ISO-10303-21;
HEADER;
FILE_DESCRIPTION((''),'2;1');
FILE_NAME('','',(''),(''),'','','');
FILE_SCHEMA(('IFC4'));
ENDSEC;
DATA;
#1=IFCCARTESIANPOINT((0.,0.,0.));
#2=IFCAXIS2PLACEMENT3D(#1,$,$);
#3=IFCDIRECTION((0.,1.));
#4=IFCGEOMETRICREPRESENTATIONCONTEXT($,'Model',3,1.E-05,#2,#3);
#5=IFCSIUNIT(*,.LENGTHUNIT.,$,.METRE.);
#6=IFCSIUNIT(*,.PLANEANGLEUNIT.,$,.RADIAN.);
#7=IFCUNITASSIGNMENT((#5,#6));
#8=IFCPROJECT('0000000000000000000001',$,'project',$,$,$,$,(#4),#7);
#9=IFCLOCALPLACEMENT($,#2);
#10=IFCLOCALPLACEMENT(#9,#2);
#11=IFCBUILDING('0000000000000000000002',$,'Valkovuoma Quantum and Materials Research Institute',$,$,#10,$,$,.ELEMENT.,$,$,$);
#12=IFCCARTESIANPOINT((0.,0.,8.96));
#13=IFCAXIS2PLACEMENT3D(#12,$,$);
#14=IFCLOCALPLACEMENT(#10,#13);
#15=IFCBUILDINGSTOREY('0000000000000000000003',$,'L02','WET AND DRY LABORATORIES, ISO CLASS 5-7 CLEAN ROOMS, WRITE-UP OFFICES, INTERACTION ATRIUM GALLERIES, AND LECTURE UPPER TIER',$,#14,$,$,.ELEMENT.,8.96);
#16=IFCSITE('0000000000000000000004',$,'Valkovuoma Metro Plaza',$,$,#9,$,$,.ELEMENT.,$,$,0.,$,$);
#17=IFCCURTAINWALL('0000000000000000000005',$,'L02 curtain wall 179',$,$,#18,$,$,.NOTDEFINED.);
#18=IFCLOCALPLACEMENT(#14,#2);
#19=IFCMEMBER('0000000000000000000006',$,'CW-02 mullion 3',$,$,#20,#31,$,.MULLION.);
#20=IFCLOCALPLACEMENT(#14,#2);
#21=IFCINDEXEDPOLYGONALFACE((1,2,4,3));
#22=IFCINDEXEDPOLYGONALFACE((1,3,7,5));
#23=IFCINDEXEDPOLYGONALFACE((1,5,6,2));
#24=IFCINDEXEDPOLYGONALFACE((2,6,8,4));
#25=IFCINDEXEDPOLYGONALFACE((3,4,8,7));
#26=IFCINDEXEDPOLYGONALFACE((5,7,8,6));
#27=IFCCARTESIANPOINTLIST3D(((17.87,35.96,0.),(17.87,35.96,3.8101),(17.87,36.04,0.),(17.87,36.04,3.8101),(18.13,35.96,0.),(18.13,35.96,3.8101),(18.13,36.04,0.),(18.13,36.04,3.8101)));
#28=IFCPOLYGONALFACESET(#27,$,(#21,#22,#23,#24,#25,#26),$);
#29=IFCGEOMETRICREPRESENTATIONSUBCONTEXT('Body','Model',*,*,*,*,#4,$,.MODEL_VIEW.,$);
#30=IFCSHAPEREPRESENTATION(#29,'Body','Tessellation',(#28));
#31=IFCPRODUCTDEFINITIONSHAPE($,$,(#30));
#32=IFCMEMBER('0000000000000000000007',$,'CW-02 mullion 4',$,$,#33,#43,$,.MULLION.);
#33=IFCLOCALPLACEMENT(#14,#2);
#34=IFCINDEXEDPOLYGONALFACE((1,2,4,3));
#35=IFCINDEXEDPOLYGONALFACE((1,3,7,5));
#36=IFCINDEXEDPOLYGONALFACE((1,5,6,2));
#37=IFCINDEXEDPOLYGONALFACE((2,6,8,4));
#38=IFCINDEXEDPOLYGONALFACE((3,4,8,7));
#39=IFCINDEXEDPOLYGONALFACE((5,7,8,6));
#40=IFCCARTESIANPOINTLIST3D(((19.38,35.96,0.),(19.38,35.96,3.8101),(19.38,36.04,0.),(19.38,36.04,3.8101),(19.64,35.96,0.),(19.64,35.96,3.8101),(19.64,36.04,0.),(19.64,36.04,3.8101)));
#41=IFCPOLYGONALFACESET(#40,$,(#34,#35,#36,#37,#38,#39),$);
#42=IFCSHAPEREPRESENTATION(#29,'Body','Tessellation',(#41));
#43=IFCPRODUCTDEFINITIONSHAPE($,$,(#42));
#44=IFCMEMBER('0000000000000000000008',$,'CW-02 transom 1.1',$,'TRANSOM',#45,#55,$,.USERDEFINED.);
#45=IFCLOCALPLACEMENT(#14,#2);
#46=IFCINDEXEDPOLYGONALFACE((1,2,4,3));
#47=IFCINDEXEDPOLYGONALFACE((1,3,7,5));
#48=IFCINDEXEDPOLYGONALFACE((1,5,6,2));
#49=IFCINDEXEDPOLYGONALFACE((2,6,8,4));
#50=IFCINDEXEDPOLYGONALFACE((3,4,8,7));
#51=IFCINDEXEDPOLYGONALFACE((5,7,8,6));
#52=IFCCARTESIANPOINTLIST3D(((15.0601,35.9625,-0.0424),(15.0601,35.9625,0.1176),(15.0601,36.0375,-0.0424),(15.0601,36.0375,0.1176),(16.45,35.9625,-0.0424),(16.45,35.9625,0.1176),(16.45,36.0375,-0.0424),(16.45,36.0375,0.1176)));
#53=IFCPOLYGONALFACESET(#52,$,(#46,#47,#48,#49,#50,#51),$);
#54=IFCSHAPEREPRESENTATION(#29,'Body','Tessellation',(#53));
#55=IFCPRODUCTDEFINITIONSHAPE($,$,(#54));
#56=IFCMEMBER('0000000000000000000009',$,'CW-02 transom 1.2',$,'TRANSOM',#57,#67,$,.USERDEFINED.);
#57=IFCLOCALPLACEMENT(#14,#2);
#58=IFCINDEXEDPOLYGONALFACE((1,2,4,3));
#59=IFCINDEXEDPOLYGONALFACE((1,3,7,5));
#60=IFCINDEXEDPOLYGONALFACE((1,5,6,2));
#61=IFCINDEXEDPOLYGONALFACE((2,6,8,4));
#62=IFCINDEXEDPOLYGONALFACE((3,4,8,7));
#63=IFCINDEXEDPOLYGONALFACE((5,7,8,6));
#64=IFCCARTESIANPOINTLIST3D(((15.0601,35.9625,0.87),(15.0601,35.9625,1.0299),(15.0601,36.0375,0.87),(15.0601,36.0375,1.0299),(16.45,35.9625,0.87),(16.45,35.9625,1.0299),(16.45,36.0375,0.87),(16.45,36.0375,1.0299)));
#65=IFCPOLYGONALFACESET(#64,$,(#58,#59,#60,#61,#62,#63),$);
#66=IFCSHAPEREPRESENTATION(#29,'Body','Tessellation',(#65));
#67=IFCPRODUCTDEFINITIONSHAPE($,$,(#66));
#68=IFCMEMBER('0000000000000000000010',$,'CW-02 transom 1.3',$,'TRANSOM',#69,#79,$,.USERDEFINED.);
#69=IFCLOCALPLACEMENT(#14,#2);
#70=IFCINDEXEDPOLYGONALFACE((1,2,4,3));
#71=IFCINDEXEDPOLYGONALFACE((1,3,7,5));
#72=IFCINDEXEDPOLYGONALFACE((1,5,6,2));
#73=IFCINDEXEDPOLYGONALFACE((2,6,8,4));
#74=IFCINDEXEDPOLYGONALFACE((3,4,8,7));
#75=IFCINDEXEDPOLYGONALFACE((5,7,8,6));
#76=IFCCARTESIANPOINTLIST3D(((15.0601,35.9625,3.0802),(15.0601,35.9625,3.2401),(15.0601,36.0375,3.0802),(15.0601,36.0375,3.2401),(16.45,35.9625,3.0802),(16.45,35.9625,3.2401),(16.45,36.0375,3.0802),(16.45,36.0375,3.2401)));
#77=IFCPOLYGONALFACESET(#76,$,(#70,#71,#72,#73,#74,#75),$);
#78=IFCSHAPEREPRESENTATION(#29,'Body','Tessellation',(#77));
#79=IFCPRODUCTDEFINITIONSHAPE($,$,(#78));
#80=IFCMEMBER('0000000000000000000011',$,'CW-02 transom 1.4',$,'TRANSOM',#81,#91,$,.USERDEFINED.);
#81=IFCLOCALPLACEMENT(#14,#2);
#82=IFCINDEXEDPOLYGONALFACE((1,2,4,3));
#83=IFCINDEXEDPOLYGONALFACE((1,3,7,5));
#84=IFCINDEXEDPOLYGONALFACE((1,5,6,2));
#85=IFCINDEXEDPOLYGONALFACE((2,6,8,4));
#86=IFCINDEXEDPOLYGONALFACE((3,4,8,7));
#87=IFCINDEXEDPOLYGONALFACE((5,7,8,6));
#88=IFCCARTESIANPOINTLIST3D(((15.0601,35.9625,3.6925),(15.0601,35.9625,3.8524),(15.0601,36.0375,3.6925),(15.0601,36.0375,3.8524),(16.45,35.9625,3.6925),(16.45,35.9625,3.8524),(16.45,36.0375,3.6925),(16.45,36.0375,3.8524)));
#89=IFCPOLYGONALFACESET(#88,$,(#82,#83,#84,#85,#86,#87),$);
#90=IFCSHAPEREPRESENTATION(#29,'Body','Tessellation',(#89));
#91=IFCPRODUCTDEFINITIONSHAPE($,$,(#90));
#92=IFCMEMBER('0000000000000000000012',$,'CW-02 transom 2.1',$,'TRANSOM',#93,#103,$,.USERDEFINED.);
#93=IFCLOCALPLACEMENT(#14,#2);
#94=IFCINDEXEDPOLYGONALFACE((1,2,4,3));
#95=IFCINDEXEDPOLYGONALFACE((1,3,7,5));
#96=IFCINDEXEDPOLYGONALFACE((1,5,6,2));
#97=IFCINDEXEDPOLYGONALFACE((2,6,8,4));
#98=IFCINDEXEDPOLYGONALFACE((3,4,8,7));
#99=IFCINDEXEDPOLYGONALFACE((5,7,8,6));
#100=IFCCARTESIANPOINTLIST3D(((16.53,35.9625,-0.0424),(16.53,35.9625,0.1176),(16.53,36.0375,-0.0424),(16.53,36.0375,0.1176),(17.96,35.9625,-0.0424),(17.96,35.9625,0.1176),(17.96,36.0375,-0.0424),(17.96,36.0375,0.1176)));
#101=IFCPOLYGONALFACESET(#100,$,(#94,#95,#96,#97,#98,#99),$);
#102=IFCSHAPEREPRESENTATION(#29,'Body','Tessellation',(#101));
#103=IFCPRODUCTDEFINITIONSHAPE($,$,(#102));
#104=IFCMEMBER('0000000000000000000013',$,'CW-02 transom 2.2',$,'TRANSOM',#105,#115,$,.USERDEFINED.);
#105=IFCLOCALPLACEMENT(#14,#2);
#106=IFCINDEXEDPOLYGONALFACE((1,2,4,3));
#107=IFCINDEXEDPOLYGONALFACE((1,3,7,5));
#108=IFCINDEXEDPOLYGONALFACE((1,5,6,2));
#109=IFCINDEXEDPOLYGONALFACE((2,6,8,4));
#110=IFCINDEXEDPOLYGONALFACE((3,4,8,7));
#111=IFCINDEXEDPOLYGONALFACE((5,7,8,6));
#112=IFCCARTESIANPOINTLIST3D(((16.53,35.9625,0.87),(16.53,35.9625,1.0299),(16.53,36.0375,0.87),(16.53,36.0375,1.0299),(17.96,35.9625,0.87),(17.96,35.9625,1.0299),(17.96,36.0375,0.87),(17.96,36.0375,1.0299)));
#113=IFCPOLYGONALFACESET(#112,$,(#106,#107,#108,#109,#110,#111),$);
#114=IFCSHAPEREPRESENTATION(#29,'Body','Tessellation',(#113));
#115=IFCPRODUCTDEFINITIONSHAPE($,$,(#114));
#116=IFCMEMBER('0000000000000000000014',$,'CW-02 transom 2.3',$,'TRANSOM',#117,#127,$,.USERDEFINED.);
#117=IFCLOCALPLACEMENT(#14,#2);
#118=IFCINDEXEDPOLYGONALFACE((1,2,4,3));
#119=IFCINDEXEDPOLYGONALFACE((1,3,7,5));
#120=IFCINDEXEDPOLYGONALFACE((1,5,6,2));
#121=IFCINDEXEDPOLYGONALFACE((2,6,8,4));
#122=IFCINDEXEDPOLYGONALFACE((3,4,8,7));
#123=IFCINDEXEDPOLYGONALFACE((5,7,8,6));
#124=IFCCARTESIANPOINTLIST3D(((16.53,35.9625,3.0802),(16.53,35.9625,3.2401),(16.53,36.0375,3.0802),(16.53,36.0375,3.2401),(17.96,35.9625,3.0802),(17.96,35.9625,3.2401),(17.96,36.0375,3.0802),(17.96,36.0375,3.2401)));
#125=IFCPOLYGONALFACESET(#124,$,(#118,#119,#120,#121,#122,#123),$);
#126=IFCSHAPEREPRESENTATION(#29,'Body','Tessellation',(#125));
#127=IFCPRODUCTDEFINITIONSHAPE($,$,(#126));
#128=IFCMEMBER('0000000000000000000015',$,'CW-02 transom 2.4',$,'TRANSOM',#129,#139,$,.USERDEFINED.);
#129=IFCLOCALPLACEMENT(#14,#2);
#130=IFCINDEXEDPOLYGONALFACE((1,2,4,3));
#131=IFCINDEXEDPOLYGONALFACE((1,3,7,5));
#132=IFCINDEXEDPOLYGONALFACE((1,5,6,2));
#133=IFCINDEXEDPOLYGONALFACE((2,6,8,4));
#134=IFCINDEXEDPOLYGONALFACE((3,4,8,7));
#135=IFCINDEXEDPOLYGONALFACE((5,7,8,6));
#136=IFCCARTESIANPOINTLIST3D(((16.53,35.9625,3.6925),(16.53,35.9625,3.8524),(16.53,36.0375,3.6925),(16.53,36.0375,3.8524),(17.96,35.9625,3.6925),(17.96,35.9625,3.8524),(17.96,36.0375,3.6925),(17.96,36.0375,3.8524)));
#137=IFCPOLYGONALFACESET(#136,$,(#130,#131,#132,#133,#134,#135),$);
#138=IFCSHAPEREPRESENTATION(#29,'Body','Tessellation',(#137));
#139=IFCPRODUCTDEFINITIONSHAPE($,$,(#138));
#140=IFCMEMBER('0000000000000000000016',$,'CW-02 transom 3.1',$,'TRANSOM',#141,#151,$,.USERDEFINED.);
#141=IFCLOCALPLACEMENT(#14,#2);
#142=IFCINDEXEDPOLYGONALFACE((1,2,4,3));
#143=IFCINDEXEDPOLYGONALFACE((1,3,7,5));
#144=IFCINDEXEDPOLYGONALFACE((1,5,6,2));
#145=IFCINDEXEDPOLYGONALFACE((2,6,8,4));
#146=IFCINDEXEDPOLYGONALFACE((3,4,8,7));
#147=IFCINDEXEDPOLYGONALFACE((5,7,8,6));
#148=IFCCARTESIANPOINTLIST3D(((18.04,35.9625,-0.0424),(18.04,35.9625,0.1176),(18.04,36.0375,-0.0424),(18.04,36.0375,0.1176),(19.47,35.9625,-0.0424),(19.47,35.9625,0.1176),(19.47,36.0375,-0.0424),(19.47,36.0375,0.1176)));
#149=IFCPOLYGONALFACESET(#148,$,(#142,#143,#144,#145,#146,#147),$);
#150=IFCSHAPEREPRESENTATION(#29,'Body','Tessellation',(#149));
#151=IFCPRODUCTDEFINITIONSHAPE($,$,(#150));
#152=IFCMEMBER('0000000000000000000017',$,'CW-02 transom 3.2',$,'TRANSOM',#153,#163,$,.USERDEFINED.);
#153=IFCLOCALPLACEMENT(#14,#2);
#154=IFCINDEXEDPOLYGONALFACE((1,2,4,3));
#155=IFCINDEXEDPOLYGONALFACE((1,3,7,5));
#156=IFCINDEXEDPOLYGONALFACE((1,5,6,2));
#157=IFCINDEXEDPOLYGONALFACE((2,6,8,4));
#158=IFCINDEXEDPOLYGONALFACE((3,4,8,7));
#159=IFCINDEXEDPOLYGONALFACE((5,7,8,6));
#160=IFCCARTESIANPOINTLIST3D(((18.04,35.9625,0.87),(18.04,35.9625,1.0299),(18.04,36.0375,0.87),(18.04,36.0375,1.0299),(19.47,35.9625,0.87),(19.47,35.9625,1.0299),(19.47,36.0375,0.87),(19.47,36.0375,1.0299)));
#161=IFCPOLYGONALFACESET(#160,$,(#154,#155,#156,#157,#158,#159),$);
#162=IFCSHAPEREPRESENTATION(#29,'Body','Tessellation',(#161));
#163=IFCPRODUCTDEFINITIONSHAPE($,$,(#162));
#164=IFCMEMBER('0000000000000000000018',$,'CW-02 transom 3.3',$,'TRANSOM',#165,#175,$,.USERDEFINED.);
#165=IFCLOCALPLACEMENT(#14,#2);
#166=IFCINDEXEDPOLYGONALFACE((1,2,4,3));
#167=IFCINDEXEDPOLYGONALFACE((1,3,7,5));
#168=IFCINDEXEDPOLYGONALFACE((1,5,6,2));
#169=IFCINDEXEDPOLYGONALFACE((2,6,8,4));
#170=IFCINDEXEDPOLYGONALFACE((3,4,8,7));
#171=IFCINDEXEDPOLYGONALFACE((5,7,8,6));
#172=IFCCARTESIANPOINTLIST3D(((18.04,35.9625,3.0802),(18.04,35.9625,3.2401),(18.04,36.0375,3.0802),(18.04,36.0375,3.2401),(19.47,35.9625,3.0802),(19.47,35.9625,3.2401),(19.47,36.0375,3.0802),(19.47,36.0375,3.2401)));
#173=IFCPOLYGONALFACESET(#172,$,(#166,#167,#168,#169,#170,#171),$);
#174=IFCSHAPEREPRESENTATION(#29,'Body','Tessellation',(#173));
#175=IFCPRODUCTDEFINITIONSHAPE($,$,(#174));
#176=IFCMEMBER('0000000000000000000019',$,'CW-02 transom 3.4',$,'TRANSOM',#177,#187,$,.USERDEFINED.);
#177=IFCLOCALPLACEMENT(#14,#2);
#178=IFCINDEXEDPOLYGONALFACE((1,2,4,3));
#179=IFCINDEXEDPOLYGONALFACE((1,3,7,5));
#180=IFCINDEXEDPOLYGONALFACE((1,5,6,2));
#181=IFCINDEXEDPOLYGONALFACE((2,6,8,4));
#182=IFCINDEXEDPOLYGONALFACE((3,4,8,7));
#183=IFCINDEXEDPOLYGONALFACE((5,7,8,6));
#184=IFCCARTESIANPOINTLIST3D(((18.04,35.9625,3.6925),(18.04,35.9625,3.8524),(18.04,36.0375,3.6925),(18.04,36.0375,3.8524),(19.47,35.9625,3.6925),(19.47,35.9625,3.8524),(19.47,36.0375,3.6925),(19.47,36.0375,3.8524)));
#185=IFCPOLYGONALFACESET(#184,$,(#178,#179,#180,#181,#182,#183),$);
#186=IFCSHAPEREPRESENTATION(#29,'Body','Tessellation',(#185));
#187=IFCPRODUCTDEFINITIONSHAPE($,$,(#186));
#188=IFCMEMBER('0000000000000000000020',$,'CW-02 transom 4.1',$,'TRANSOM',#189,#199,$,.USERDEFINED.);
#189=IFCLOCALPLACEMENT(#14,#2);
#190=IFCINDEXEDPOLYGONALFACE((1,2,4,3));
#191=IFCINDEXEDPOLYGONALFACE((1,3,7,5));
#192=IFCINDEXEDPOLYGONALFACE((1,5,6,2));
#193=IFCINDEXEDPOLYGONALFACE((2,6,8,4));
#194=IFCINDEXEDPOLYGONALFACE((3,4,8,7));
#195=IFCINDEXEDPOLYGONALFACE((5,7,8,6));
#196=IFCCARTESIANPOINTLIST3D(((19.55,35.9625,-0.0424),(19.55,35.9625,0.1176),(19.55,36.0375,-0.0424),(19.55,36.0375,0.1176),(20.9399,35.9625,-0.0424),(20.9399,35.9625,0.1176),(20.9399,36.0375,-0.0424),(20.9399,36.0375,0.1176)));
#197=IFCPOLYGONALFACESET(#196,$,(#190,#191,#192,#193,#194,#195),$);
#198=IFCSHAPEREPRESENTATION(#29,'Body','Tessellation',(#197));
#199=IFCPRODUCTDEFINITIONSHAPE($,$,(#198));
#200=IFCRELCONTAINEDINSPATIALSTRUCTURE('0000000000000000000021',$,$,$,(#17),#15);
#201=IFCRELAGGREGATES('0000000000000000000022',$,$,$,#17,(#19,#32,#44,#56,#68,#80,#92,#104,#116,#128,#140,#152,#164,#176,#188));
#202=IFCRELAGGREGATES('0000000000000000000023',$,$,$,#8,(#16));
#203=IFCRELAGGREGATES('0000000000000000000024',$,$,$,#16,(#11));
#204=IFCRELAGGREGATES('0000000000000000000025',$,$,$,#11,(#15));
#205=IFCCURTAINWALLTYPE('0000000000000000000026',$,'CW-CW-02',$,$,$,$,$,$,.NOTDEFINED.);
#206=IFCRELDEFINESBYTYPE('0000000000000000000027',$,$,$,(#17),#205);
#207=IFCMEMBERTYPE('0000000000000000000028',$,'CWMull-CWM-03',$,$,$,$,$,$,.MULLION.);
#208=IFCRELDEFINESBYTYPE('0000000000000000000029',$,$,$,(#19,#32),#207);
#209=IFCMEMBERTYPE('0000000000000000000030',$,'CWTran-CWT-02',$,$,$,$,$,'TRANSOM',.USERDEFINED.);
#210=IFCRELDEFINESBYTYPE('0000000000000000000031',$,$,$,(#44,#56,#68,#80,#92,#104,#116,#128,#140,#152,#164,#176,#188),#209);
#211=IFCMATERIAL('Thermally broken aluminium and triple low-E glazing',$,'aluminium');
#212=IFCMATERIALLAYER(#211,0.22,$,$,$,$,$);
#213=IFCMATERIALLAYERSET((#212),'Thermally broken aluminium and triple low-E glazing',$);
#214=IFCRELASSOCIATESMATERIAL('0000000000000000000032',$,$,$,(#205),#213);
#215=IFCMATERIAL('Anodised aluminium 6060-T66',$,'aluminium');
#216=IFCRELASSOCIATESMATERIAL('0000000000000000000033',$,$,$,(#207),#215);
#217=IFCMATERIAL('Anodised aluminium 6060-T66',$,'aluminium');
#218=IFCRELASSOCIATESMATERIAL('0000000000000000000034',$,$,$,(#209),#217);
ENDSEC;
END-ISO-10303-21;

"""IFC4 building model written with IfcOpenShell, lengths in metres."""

from ifc_helpers import new_model, si_unit, direction, frame, origin, origin_2d, place, context, subcontext, project, spatial, rectangle, extrude, material, layer, layer_set, material_profile, profile_set, type_object, element, aggregate, save


model = new_model("IFC4")

# Units and contexts
model_context = context("Model", 3, precision=1e-05, world=origin(), true_north=direction((0.0, 1.0)))
body_context = subcontext(model_context, "Body", "Model", "MODEL_VIEW")
ifc_project = project(units=[si_unit("LENGTHUNIT", "METRE"), si_unit("PLANEANGLEUNIT", "RADIAN")], contexts=[model_context])

# Site, building, storey
site_placement = place(None, origin())
site = spatial("IfcSite", under=ifc_project, at=site_placement, Name="Valkovuoma Metro Plaza", CompositionType="ELEMENT", RefElevation=0.0)
building_placement = place(site_placement, origin())
building = spatial("IfcBuilding", under=site, at=building_placement, Name="Valkovuoma Quantum and Materials Research Institute", CompositionType="ELEMENT")
storey_placement = place(building_placement, frame((0.0, 0.0, 8.96)))
storey = spatial("IfcBuildingStorey", under=building, at=storey_placement, Name="L02", Description="WET AND DRY LABORATORIES, ISO CLASS 5-7 CLEAN ROOMS, WRITE-UP OFFICES, INTERACTION ATRIUM GALLERIES, AND LECTURE UPPER TIER", CompositionType="ELEMENT", Elevation=8.96)

# Curtain wall, members
ifc_material_1 = material(Name="Thermally broken aluminium and triple low-E glazing", Category="aluminium")
ifc_layer_1 = layer(ifc_material_1, 0.22)
ifc_layer_set_1 = layer_set([ifc_layer_1], Name="Thermally broken aluminium and triple low-E glazing")
curtain_wall_type = type_object("IfcCurtainWallType", Name="CW-CW-02", PredefinedType="NOTDEFINED", material=ifc_layer_set_1)
curtain_wall_placement = place(storey_placement, origin())
curtain_wall = element("IfcCurtainWall", 1, at=curtain_wall_placement, inside=storey, type_object=curtain_wall_type, Name="L02 curtain wall 179", PredefinedType="NOTDEFINED")
ifc_material_2 = material(Name="Anodised aluminium 6060-T66", Category="aluminium")
ifc_material_profile_1 = material_profile(ifc_material_2, rectangle(XDim=0.0801, YDim=0.26, at=origin_2d()), Name="Anodised aluminium 6060-T66")
ifc_profile_set_1 = profile_set([ifc_material_profile_1], Name="Anodised aluminium 6060-T66")
member_type_1 = type_object("IfcMemberType", Name="CWMull-CWM-03", PredefinedType="MULLION", material=ifc_profile_set_1)
member_1_placement = place(storey_placement, frame((18.0, 36.0, 0.0), z_axis=(0.0, 0.0, 1.0), x_axis=(0.0, 1.0, 0.0)))
member_1 = element("IfcMember", 2, at=member_1_placement, type_object=member_type_1, Name="CW-02 mullion 3", PredefinedType="MULLION", context=body_context, shape_type="SweptSolid", body=[
    extrude(rectangle(XDim=0.0801, YDim=0.26, at=origin_2d()), origin(), (0.0, 0.0, 1.0), 3.8101),
])
member_2_placement = place(storey_placement, frame((19.51, 36.0, 0.0), z_axis=(0.0, 0.0, 1.0), x_axis=(0.0, 1.0, 0.0)))
member_2 = element("IfcMember", 3, at=member_2_placement, type_object=member_type_1, Name="CW-02 mullion 4", PredefinedType="MULLION", context=body_context, shape_type="SweptSolid", body=[
    extrude(rectangle(XDim=0.0801, YDim=0.26, at=origin_2d()), origin(), (0.0, 0.0, 1.0), 3.8101),
])
ifc_material_3 = material(Name="Anodised aluminium 6060-T66", Category="aluminium")
ifc_material_profile_2 = material_profile(ifc_material_3, rectangle(XDim=0.075, YDim=0.1599, at=origin_2d()), Name="Anodised aluminium 6060-T66")
ifc_profile_set_2 = profile_set([ifc_material_profile_2], Name="Anodised aluminium 6060-T66")
member_type_2 = type_object("IfcMemberType", Name="CWTran-CWT-02", ElementType="TRANSOM", PredefinedType="USERDEFINED", material=ifc_profile_set_2)
member_3_placement = place(storey_placement, frame((15.0601, 36.0, 0.0376), z_axis=(1.0, 0.0, 0.0), x_axis=(0.0, 1.0, 0.0)))
member_3 = element("IfcMember", 4, at=member_3_placement, type_object=member_type_2, Name="CW-02 transom 1.1", ObjectType="TRANSOM", PredefinedType="USERDEFINED", context=body_context, shape_type="SweptSolid", body=[
    extrude(rectangle(XDim=0.075, YDim=0.1599, at=origin_2d()), origin(), (0.0, 0.0, 1.0), 1.3899),
])
member_4_placement = place(storey_placement, frame((15.0601, 36.0, 0.95), z_axis=(1.0, 0.0, 0.0), x_axis=(0.0, 1.0, 0.0)))
member_4 = element("IfcMember", 5, at=member_4_placement, type_object=member_type_2, Name="CW-02 transom 1.2", ObjectType="TRANSOM", PredefinedType="USERDEFINED", context=body_context, shape_type="SweptSolid", body=[
    extrude(rectangle(XDim=0.075, YDim=0.1599, at=origin_2d()), origin(), (0.0, 0.0, 1.0), 1.3899),
])
member_5_placement = place(storey_placement, frame((15.0601, 36.0, 3.1602), z_axis=(1.0, 0.0, 0.0), x_axis=(0.0, 1.0, 0.0)))
member_5 = element("IfcMember", 6, at=member_5_placement, type_object=member_type_2, Name="CW-02 transom 1.3", ObjectType="TRANSOM", PredefinedType="USERDEFINED", context=body_context, shape_type="SweptSolid", body=[
    extrude(rectangle(XDim=0.075, YDim=0.1599, at=origin_2d()), origin(), (0.0, 0.0, 1.0), 1.3899),
])
member_6_placement = place(storey_placement, frame((15.0601, 36.0, 3.7725), z_axis=(1.0, 0.0, 0.0), x_axis=(0.0, 1.0, 0.0)))
member_6 = element("IfcMember", 7, at=member_6_placement, type_object=member_type_2, Name="CW-02 transom 1.4", ObjectType="TRANSOM", PredefinedType="USERDEFINED", context=body_context, shape_type="SweptSolid", body=[
    extrude(rectangle(XDim=0.075, YDim=0.1599, at=origin_2d()), origin(), (0.0, 0.0, 1.0), 1.3899),
])
member_7_placement = place(storey_placement, frame((16.53, 36.0, 0.0376), z_axis=(1.0, 0.0, 0.0), x_axis=(0.0, 1.0, 0.0)))
member_7 = element("IfcMember", 8, at=member_7_placement, type_object=member_type_2, Name="CW-02 transom 2.1", ObjectType="TRANSOM", PredefinedType="USERDEFINED", context=body_context, shape_type="SweptSolid", body=[
    extrude(rectangle(XDim=0.075, YDim=0.1599, at=origin_2d()), origin(), (0.0, 0.0, 1.0), 1.4299),
])
member_8_placement = place(storey_placement, frame((16.53, 36.0, 0.95), z_axis=(1.0, 0.0, 0.0), x_axis=(0.0, 1.0, 0.0)))
member_8 = element("IfcMember", 9, at=member_8_placement, type_object=member_type_2, Name="CW-02 transom 2.2", ObjectType="TRANSOM", PredefinedType="USERDEFINED", context=body_context, shape_type="SweptSolid", body=[
    extrude(rectangle(XDim=0.075, YDim=0.1599, at=origin_2d()), origin(), (0.0, 0.0, 1.0), 1.4299),
])
member_9_placement = place(storey_placement, frame((16.53, 36.0, 3.1602), z_axis=(1.0, 0.0, 0.0), x_axis=(0.0, 1.0, 0.0)))
member_9 = element("IfcMember", 10, at=member_9_placement, type_object=member_type_2, Name="CW-02 transom 2.3", ObjectType="TRANSOM", PredefinedType="USERDEFINED", context=body_context, shape_type="SweptSolid", body=[
    extrude(rectangle(XDim=0.075, YDim=0.1599, at=origin_2d()), origin(), (0.0, 0.0, 1.0), 1.4299),
])
member_10_placement = place(storey_placement, frame((16.53, 36.0, 3.7725), z_axis=(1.0, 0.0, 0.0), x_axis=(0.0, 1.0, 0.0)))
member_10 = element("IfcMember", 11, at=member_10_placement, type_object=member_type_2, Name="CW-02 transom 2.4", ObjectType="TRANSOM", PredefinedType="USERDEFINED", context=body_context, shape_type="SweptSolid", body=[
    extrude(rectangle(XDim=0.075, YDim=0.1599, at=origin_2d()), origin(), (0.0, 0.0, 1.0), 1.4299),
])
member_11_placement = place(storey_placement, frame((18.04, 36.0, 0.0376), z_axis=(1.0, 0.0, 0.0), x_axis=(0.0, 1.0, 0.0)))
member_11 = element("IfcMember", 12, at=member_11_placement, type_object=member_type_2, Name="CW-02 transom 3.1", ObjectType="TRANSOM", PredefinedType="USERDEFINED", context=body_context, shape_type="SweptSolid", body=[
    extrude(rectangle(XDim=0.075, YDim=0.1599, at=origin_2d()), origin(), (0.0, 0.0, 1.0), 1.4299),
])
member_12_placement = place(storey_placement, frame((18.04, 36.0, 0.95), z_axis=(1.0, 0.0, 0.0), x_axis=(0.0, 1.0, 0.0)))
member_12 = element("IfcMember", 13, at=member_12_placement, type_object=member_type_2, Name="CW-02 transom 3.2", ObjectType="TRANSOM", PredefinedType="USERDEFINED", context=body_context, shape_type="SweptSolid", body=[
    extrude(rectangle(XDim=0.075, YDim=0.1599, at=origin_2d()), origin(), (0.0, 0.0, 1.0), 1.4299),
])
member_13_placement = place(storey_placement, frame((18.04, 36.0, 3.1602), z_axis=(1.0, 0.0, 0.0), x_axis=(0.0, 1.0, 0.0)))
member_13 = element("IfcMember", 14, at=member_13_placement, type_object=member_type_2, Name="CW-02 transom 3.3", ObjectType="TRANSOM", PredefinedType="USERDEFINED", context=body_context, shape_type="SweptSolid", body=[
    extrude(rectangle(XDim=0.075, YDim=0.1599, at=origin_2d()), origin(), (0.0, 0.0, 1.0), 1.4299),
])
member_14_placement = place(storey_placement, frame((18.04, 36.0, 3.7725), z_axis=(1.0, 0.0, 0.0), x_axis=(0.0, 1.0, 0.0)))
member_14 = element("IfcMember", 15, at=member_14_placement, type_object=member_type_2, Name="CW-02 transom 3.4", ObjectType="TRANSOM", PredefinedType="USERDEFINED", context=body_context, shape_type="SweptSolid", body=[
    extrude(rectangle(XDim=0.075, YDim=0.1599, at=origin_2d()), origin(), (0.0, 0.0, 1.0), 1.4299),
])
member_15_placement = place(storey_placement, frame((19.55, 36.0, 0.0376), z_axis=(1.0, 0.0, 0.0), x_axis=(0.0, 1.0, 0.0)))
member_15 = element("IfcMember", 16, at=member_15_placement, type_object=member_type_2, Name="CW-02 transom 4.1", ObjectType="TRANSOM", PredefinedType="USERDEFINED", context=body_context, shape_type="SweptSolid", body=[
    extrude(rectangle(XDim=0.075, YDim=0.1599, at=origin_2d()), origin(), (0.0, 0.0, 1.0), 1.3899),
])
aggregate(curtain_wall, [member_1, member_2, member_3, member_4, member_5, member_6, member_7, member_8, member_9, member_10, member_11, member_12, member_13, member_14, member_15])

save(model, "model.ifc")
